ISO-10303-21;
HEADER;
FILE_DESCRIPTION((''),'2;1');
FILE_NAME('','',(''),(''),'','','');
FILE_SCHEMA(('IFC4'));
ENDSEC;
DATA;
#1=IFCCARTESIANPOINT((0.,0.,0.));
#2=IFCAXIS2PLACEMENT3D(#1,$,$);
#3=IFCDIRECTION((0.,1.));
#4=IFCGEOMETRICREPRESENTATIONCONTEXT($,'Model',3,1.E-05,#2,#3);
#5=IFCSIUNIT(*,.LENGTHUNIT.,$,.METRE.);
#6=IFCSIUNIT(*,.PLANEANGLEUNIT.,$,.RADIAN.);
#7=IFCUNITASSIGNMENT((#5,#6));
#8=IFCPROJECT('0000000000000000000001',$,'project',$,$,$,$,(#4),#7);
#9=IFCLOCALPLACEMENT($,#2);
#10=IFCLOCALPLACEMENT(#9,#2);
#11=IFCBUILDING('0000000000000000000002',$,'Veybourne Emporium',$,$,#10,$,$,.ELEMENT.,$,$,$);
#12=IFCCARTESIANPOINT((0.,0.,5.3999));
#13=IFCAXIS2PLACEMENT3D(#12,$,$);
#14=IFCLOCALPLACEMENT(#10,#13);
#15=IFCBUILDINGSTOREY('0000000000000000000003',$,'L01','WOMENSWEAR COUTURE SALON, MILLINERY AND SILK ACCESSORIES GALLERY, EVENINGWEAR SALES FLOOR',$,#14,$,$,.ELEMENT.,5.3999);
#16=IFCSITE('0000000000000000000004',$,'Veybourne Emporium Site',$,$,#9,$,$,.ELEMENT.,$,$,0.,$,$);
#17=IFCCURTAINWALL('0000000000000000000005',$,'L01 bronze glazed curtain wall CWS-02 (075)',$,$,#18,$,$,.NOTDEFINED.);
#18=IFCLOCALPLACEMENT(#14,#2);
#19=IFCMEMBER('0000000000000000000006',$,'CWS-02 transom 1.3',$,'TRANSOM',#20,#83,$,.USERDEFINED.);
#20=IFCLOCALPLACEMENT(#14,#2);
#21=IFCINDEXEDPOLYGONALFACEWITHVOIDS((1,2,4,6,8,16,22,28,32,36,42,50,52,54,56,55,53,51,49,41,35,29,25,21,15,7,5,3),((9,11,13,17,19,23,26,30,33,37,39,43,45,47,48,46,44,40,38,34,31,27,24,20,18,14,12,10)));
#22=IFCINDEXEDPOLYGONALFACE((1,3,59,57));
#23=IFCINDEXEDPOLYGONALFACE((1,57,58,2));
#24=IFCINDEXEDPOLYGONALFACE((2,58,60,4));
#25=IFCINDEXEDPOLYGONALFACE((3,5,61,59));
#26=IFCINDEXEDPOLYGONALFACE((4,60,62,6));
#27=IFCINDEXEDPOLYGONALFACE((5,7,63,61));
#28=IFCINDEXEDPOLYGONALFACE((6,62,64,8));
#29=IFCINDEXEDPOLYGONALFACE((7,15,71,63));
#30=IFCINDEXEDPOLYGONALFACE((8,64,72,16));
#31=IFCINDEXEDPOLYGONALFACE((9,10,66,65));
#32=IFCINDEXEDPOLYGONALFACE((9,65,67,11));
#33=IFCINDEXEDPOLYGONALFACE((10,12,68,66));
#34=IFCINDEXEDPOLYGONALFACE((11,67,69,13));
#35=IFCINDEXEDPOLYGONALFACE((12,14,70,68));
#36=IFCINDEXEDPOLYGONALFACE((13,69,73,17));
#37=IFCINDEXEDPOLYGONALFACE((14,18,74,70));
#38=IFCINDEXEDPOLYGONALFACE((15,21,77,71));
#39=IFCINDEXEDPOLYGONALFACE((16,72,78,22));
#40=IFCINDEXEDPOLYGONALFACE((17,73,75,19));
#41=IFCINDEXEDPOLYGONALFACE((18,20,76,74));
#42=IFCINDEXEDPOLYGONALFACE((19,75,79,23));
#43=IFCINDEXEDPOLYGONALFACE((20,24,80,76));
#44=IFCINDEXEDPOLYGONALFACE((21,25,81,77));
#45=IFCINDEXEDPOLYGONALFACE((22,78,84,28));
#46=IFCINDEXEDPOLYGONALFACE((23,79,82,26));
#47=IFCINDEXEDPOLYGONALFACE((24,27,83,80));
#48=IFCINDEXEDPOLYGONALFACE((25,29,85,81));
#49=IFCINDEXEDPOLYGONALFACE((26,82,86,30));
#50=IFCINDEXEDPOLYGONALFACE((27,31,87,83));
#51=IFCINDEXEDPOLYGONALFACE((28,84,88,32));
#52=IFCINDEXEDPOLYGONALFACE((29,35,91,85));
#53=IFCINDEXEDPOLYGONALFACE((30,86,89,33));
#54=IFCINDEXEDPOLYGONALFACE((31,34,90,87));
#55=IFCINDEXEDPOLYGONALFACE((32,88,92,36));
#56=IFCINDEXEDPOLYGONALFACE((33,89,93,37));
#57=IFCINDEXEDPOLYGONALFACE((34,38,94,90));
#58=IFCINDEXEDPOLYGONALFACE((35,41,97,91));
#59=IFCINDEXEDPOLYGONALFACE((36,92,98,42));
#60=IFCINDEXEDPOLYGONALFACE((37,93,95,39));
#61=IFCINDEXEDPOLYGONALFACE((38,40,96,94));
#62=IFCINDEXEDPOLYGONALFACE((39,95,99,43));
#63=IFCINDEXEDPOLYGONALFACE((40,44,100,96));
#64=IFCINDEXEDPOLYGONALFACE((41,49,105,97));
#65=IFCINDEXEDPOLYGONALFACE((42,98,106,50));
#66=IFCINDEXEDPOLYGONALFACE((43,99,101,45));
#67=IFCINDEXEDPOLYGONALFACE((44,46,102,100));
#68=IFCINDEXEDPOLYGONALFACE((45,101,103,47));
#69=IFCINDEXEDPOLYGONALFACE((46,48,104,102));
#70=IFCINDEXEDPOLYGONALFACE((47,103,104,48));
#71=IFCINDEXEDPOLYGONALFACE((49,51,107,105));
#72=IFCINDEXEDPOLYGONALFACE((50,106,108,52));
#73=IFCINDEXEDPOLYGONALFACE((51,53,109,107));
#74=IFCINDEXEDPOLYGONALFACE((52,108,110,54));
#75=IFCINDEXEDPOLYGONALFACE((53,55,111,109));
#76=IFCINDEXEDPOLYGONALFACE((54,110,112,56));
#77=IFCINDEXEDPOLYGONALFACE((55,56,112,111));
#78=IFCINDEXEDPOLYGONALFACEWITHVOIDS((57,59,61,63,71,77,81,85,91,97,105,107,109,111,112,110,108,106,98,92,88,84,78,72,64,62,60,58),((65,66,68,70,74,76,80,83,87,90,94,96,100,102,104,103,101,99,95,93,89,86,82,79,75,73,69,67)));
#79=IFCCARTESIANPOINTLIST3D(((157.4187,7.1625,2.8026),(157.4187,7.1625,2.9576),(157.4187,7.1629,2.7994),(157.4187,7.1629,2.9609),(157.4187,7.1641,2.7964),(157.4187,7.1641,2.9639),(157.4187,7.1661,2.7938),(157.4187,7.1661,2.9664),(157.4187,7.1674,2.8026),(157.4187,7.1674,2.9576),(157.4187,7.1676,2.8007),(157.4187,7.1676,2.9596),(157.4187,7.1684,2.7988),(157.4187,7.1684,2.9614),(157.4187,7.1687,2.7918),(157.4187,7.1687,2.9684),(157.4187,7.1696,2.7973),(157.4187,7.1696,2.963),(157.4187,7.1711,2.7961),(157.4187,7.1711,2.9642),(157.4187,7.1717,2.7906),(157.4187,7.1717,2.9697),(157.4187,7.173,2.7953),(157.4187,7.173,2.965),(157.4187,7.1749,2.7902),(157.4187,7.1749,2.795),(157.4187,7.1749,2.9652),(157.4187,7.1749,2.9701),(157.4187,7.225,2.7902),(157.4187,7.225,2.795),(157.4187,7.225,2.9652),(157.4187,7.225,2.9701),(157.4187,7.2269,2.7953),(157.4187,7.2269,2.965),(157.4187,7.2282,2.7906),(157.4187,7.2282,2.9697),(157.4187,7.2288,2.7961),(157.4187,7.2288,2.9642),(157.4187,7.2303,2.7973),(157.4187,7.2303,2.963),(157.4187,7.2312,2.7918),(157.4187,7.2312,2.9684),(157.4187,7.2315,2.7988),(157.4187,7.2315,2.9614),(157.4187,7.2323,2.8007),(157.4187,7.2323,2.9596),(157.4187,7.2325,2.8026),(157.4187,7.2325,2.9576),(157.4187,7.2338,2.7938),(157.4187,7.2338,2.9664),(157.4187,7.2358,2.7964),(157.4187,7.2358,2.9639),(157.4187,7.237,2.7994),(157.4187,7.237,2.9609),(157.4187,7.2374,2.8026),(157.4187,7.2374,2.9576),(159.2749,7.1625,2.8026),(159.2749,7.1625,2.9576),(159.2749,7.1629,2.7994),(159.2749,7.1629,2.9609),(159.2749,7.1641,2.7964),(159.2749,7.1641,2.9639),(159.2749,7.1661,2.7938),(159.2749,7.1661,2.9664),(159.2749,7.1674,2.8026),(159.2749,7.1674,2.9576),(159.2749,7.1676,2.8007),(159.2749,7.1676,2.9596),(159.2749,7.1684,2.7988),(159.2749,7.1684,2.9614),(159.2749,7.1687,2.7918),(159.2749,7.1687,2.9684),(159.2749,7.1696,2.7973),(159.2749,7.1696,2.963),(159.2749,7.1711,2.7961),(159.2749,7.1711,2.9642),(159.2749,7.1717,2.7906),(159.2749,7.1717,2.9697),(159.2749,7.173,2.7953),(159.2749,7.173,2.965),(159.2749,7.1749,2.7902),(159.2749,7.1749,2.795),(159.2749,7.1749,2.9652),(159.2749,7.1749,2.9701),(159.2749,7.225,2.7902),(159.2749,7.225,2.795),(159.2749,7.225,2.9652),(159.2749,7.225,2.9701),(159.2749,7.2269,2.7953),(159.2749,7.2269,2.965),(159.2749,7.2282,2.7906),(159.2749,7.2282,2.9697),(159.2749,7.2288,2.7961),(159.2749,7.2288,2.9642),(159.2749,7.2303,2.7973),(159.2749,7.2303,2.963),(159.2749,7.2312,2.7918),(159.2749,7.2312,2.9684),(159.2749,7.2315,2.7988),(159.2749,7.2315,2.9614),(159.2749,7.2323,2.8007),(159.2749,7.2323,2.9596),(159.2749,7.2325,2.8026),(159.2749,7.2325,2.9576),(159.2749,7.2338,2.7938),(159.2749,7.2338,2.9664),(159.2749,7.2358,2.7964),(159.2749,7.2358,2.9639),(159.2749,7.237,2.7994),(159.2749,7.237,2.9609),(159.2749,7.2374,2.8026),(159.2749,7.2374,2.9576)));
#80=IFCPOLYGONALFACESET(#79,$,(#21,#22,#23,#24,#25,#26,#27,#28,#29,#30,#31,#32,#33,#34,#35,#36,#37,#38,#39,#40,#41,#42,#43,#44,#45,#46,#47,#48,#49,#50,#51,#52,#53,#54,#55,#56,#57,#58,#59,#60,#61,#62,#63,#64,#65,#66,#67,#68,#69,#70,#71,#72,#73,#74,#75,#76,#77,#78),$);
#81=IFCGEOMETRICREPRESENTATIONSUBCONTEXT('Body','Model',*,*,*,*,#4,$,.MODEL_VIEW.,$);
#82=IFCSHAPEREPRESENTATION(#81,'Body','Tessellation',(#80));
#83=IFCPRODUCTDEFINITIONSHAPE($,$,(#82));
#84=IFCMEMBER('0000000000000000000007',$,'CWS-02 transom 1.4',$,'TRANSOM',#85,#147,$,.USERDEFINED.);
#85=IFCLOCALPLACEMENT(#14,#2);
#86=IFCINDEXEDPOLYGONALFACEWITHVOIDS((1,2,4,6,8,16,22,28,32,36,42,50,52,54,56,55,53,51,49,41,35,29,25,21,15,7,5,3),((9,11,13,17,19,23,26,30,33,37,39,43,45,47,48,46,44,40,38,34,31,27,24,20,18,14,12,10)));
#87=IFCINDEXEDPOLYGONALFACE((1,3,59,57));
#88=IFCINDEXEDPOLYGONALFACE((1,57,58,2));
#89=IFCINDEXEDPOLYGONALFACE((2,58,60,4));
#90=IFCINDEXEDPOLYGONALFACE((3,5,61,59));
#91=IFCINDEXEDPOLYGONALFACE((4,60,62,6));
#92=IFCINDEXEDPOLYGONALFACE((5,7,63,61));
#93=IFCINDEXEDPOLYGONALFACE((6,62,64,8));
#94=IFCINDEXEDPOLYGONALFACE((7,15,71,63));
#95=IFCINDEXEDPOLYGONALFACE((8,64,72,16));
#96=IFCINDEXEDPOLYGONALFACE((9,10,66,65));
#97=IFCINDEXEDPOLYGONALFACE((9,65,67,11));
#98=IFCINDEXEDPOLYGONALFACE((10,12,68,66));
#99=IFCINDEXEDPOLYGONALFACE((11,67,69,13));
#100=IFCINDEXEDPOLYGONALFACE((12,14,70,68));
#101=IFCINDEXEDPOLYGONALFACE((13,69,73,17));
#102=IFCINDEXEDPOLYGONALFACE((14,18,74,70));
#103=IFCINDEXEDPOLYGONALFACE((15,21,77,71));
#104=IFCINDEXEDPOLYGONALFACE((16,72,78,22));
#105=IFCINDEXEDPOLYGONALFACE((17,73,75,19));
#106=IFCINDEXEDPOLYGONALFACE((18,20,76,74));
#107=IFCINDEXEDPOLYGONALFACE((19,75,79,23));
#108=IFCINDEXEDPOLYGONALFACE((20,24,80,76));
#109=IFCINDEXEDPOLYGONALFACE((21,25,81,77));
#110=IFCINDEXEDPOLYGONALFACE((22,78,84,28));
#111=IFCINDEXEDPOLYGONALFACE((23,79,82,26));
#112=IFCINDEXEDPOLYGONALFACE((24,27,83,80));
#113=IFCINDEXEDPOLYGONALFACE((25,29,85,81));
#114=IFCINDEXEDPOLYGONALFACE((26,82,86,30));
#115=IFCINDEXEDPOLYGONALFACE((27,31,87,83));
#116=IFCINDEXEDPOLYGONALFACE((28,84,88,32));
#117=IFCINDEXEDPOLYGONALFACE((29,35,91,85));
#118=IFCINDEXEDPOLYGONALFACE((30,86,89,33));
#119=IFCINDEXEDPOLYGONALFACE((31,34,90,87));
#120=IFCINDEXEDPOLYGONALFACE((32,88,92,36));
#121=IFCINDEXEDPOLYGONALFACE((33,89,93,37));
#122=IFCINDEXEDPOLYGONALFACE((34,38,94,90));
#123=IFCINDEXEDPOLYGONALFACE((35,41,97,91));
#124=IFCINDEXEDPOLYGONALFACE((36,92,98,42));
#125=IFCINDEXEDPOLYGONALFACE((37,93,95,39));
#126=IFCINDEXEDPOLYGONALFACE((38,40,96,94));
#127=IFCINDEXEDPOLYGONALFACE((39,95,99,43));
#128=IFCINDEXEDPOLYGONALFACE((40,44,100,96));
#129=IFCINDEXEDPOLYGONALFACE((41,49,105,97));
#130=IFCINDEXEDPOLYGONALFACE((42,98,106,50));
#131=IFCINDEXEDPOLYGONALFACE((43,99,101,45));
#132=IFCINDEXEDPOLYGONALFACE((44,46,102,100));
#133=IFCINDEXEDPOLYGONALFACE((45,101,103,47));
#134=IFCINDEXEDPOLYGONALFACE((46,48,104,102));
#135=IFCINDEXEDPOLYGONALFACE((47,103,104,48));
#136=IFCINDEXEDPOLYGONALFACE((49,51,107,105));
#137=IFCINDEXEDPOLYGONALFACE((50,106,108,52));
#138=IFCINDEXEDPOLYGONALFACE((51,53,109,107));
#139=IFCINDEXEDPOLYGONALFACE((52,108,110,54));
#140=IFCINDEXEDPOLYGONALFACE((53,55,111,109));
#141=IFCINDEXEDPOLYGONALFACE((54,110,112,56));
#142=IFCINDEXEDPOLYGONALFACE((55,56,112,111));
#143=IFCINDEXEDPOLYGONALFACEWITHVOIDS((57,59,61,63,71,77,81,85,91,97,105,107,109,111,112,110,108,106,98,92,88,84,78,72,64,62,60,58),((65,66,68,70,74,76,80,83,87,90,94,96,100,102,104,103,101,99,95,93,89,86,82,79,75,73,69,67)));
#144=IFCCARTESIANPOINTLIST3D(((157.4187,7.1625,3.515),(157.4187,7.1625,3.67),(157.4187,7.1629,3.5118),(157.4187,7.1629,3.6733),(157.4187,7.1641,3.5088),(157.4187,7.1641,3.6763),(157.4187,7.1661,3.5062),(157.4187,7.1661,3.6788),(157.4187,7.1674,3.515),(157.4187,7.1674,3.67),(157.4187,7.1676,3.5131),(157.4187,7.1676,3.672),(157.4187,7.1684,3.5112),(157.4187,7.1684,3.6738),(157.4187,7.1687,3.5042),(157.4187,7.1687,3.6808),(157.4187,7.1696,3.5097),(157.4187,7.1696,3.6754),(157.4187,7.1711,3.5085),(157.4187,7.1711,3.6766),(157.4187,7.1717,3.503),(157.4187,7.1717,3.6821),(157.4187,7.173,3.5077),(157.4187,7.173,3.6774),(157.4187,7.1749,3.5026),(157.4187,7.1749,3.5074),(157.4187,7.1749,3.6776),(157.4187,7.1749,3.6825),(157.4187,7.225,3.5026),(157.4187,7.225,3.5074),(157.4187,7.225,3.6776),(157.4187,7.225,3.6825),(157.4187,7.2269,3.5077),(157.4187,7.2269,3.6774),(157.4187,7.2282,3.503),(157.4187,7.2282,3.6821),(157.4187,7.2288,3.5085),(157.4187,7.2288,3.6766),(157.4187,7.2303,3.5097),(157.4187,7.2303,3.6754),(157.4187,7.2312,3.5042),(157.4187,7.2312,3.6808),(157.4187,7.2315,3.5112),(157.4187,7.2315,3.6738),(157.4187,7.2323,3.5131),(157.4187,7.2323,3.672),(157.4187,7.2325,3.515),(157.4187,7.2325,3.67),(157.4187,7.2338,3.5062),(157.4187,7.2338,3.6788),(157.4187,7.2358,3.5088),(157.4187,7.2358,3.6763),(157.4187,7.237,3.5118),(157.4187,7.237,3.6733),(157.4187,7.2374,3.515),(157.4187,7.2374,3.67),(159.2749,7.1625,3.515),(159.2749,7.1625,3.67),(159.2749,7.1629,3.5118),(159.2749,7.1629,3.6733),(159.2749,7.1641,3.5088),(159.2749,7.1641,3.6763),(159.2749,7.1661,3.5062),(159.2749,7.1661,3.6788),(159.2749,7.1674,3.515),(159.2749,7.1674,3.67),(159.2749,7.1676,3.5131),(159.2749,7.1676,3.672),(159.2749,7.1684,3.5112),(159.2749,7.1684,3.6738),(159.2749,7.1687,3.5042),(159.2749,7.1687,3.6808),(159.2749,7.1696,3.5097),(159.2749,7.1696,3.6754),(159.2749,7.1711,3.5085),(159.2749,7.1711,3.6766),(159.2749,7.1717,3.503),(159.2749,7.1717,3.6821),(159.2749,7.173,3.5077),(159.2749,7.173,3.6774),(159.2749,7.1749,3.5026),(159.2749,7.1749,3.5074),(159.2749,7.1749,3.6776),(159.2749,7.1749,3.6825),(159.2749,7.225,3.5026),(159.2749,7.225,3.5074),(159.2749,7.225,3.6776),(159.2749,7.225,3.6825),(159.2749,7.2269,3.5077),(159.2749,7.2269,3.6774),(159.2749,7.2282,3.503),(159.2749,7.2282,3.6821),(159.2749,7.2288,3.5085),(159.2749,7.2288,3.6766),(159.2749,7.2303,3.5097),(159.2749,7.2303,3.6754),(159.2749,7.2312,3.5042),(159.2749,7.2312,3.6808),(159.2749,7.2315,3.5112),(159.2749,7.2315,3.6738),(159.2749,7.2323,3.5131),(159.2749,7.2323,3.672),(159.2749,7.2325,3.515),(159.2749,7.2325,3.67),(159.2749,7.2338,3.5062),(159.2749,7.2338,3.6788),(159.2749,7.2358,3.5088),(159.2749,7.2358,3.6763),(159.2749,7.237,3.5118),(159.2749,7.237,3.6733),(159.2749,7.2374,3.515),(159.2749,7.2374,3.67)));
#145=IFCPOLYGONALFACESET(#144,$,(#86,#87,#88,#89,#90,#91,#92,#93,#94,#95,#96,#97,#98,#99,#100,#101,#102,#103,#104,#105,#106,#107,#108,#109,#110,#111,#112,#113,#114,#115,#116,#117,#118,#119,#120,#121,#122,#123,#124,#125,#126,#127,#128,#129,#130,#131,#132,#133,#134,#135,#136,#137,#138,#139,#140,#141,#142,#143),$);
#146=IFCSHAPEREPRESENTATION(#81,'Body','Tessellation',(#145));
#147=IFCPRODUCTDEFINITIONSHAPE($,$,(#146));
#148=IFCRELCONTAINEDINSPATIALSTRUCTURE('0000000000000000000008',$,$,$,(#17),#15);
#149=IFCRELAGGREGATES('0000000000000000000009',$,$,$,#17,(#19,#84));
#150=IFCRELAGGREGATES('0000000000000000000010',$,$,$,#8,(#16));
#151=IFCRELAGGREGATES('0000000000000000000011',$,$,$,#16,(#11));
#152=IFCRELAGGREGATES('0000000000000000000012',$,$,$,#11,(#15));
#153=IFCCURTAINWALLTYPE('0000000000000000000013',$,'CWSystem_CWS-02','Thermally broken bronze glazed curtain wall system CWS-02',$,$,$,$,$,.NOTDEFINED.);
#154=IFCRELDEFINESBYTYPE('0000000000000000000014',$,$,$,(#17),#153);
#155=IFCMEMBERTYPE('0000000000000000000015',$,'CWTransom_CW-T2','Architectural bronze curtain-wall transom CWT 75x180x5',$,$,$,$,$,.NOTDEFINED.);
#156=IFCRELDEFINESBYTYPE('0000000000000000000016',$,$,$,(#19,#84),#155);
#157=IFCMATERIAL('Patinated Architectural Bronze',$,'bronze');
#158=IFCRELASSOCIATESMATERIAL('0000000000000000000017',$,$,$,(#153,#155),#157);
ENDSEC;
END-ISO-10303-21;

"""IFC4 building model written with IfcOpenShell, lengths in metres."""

from ifc_helpers import new_model, si_unit, direction, frame, origin, origin_2d, place, context, subcontext, project, spatial, hollow_rectangle, extrude, material, material_profile, profile_set, type_object, element, aggregate, save


model = new_model("IFC4")

# Units and contexts
model_context = context("Model", 3, precision=1e-05, world=origin(), true_north=direction((0.0, 1.0)))
body_context = subcontext(model_context, "Body", "Model", "MODEL_VIEW")
ifc_project = project(units=[si_unit("LENGTHUNIT", "METRE"), si_unit("PLANEANGLEUNIT", "RADIAN")], contexts=[model_context])

# Site, building, storey
site_placement = place(None, origin())
site = spatial("IfcSite", under=ifc_project, at=site_placement, Name="Veybourne Emporium Site", CompositionType="ELEMENT", RefElevation=0.0)
building_placement = place(site_placement, origin())
building = spatial("IfcBuilding", under=site, at=building_placement, Name="Veybourne Emporium", CompositionType="ELEMENT")
storey_placement = place(building_placement, frame((0.0, 0.0, 5.3999)))
storey = spatial("IfcBuildingStorey", under=building, at=storey_placement, Name="L01", Description="WOMENSWEAR COUTURE SALON, MILLINERY AND SILK ACCESSORIES GALLERY, EVENINGWEAR SALES FLOOR", CompositionType="ELEMENT", Elevation=5.3999)

# Curtain wall
ifc_material_1 = material(Name="Patinated Architectural Bronze", Category="bronze")
curtain_wall_type_1 = type_object("IfcCurtainWallType", Name="CWSystem_CWS-02", Description="Thermally broken bronze glazed curtain wall system CWS-02", PredefinedType="NOTDEFINED", material=ifc_material_1)
curtain_wall_1_placement = place(storey_placement, origin())
curtain_wall_1 = element("IfcCurtainWall", 1, at=curtain_wall_1_placement, inside=storey, type_object=curtain_wall_type_1, Name="L01 bronze glazed curtain wall CWS-02 (075)", PredefinedType="NOTDEFINED")

# Members
ifc_material_profile_1 = material_profile(ifc_material_1, hollow_rectangle(XDim=0.075, YDim=0.1799, WallThickness=0.0049, InnerFilletRadius=0.0076, OuterFilletRadius=0.0125, at=origin_2d()), Name="CWT 75x180x5")
ifc_profile_set_1 = profile_set([ifc_material_profile_1], Name="Patinated Architectural Bronze")
member_type_1 = type_object("IfcMemberType", Name="CWTransom_CW-T2", Description="Architectural bronze curtain-wall transom CWT 75x180x5", PredefinedType="NOTDEFINED", material=ifc_profile_set_1)
member_1_placement = place(storey_placement, frame((159.2749, 7.2, 2.8801), z_axis=(-1.0, 0.0, 0.0), x_axis=(0.0, -1.0, 0.0)))
member_1 = element("IfcMember", 2, at=member_1_placement, type_object=member_type_1, Name="CWS-02 transom 1.3", ObjectType="TRANSOM", PredefinedType="USERDEFINED", context=body_context, shape_type="SweptSolid", body=[
    extrude(hollow_rectangle(XDim=0.075, YDim=0.1799, WallThickness=0.0049, InnerFilletRadius=0.0076, OuterFilletRadius=0.0125, at=origin_2d()), origin(), (0.0, 0.0, 1.0), 1.8562),
])
member_2_placement = place(storey_placement, frame((159.2749, 7.2, 3.5925), z_axis=(-1.0, 0.0, 0.0), x_axis=(0.0, -1.0, 0.0)))
member_2 = element("IfcMember", 3, at=member_2_placement, type_object=member_type_1, Name="CWS-02 transom 1.4", ObjectType="TRANSOM", PredefinedType="USERDEFINED", context=body_context, shape_type="SweptSolid", body=[
    extrude(hollow_rectangle(XDim=0.075, YDim=0.1799, WallThickness=0.0049, InnerFilletRadius=0.0076, OuterFilletRadius=0.0125, at=origin_2d()), origin(), (0.0, 0.0, 1.0), 1.8562),
])

aggregate(curtain_wall_1, [member_1, member_2])

save(model, "model.ifc")
